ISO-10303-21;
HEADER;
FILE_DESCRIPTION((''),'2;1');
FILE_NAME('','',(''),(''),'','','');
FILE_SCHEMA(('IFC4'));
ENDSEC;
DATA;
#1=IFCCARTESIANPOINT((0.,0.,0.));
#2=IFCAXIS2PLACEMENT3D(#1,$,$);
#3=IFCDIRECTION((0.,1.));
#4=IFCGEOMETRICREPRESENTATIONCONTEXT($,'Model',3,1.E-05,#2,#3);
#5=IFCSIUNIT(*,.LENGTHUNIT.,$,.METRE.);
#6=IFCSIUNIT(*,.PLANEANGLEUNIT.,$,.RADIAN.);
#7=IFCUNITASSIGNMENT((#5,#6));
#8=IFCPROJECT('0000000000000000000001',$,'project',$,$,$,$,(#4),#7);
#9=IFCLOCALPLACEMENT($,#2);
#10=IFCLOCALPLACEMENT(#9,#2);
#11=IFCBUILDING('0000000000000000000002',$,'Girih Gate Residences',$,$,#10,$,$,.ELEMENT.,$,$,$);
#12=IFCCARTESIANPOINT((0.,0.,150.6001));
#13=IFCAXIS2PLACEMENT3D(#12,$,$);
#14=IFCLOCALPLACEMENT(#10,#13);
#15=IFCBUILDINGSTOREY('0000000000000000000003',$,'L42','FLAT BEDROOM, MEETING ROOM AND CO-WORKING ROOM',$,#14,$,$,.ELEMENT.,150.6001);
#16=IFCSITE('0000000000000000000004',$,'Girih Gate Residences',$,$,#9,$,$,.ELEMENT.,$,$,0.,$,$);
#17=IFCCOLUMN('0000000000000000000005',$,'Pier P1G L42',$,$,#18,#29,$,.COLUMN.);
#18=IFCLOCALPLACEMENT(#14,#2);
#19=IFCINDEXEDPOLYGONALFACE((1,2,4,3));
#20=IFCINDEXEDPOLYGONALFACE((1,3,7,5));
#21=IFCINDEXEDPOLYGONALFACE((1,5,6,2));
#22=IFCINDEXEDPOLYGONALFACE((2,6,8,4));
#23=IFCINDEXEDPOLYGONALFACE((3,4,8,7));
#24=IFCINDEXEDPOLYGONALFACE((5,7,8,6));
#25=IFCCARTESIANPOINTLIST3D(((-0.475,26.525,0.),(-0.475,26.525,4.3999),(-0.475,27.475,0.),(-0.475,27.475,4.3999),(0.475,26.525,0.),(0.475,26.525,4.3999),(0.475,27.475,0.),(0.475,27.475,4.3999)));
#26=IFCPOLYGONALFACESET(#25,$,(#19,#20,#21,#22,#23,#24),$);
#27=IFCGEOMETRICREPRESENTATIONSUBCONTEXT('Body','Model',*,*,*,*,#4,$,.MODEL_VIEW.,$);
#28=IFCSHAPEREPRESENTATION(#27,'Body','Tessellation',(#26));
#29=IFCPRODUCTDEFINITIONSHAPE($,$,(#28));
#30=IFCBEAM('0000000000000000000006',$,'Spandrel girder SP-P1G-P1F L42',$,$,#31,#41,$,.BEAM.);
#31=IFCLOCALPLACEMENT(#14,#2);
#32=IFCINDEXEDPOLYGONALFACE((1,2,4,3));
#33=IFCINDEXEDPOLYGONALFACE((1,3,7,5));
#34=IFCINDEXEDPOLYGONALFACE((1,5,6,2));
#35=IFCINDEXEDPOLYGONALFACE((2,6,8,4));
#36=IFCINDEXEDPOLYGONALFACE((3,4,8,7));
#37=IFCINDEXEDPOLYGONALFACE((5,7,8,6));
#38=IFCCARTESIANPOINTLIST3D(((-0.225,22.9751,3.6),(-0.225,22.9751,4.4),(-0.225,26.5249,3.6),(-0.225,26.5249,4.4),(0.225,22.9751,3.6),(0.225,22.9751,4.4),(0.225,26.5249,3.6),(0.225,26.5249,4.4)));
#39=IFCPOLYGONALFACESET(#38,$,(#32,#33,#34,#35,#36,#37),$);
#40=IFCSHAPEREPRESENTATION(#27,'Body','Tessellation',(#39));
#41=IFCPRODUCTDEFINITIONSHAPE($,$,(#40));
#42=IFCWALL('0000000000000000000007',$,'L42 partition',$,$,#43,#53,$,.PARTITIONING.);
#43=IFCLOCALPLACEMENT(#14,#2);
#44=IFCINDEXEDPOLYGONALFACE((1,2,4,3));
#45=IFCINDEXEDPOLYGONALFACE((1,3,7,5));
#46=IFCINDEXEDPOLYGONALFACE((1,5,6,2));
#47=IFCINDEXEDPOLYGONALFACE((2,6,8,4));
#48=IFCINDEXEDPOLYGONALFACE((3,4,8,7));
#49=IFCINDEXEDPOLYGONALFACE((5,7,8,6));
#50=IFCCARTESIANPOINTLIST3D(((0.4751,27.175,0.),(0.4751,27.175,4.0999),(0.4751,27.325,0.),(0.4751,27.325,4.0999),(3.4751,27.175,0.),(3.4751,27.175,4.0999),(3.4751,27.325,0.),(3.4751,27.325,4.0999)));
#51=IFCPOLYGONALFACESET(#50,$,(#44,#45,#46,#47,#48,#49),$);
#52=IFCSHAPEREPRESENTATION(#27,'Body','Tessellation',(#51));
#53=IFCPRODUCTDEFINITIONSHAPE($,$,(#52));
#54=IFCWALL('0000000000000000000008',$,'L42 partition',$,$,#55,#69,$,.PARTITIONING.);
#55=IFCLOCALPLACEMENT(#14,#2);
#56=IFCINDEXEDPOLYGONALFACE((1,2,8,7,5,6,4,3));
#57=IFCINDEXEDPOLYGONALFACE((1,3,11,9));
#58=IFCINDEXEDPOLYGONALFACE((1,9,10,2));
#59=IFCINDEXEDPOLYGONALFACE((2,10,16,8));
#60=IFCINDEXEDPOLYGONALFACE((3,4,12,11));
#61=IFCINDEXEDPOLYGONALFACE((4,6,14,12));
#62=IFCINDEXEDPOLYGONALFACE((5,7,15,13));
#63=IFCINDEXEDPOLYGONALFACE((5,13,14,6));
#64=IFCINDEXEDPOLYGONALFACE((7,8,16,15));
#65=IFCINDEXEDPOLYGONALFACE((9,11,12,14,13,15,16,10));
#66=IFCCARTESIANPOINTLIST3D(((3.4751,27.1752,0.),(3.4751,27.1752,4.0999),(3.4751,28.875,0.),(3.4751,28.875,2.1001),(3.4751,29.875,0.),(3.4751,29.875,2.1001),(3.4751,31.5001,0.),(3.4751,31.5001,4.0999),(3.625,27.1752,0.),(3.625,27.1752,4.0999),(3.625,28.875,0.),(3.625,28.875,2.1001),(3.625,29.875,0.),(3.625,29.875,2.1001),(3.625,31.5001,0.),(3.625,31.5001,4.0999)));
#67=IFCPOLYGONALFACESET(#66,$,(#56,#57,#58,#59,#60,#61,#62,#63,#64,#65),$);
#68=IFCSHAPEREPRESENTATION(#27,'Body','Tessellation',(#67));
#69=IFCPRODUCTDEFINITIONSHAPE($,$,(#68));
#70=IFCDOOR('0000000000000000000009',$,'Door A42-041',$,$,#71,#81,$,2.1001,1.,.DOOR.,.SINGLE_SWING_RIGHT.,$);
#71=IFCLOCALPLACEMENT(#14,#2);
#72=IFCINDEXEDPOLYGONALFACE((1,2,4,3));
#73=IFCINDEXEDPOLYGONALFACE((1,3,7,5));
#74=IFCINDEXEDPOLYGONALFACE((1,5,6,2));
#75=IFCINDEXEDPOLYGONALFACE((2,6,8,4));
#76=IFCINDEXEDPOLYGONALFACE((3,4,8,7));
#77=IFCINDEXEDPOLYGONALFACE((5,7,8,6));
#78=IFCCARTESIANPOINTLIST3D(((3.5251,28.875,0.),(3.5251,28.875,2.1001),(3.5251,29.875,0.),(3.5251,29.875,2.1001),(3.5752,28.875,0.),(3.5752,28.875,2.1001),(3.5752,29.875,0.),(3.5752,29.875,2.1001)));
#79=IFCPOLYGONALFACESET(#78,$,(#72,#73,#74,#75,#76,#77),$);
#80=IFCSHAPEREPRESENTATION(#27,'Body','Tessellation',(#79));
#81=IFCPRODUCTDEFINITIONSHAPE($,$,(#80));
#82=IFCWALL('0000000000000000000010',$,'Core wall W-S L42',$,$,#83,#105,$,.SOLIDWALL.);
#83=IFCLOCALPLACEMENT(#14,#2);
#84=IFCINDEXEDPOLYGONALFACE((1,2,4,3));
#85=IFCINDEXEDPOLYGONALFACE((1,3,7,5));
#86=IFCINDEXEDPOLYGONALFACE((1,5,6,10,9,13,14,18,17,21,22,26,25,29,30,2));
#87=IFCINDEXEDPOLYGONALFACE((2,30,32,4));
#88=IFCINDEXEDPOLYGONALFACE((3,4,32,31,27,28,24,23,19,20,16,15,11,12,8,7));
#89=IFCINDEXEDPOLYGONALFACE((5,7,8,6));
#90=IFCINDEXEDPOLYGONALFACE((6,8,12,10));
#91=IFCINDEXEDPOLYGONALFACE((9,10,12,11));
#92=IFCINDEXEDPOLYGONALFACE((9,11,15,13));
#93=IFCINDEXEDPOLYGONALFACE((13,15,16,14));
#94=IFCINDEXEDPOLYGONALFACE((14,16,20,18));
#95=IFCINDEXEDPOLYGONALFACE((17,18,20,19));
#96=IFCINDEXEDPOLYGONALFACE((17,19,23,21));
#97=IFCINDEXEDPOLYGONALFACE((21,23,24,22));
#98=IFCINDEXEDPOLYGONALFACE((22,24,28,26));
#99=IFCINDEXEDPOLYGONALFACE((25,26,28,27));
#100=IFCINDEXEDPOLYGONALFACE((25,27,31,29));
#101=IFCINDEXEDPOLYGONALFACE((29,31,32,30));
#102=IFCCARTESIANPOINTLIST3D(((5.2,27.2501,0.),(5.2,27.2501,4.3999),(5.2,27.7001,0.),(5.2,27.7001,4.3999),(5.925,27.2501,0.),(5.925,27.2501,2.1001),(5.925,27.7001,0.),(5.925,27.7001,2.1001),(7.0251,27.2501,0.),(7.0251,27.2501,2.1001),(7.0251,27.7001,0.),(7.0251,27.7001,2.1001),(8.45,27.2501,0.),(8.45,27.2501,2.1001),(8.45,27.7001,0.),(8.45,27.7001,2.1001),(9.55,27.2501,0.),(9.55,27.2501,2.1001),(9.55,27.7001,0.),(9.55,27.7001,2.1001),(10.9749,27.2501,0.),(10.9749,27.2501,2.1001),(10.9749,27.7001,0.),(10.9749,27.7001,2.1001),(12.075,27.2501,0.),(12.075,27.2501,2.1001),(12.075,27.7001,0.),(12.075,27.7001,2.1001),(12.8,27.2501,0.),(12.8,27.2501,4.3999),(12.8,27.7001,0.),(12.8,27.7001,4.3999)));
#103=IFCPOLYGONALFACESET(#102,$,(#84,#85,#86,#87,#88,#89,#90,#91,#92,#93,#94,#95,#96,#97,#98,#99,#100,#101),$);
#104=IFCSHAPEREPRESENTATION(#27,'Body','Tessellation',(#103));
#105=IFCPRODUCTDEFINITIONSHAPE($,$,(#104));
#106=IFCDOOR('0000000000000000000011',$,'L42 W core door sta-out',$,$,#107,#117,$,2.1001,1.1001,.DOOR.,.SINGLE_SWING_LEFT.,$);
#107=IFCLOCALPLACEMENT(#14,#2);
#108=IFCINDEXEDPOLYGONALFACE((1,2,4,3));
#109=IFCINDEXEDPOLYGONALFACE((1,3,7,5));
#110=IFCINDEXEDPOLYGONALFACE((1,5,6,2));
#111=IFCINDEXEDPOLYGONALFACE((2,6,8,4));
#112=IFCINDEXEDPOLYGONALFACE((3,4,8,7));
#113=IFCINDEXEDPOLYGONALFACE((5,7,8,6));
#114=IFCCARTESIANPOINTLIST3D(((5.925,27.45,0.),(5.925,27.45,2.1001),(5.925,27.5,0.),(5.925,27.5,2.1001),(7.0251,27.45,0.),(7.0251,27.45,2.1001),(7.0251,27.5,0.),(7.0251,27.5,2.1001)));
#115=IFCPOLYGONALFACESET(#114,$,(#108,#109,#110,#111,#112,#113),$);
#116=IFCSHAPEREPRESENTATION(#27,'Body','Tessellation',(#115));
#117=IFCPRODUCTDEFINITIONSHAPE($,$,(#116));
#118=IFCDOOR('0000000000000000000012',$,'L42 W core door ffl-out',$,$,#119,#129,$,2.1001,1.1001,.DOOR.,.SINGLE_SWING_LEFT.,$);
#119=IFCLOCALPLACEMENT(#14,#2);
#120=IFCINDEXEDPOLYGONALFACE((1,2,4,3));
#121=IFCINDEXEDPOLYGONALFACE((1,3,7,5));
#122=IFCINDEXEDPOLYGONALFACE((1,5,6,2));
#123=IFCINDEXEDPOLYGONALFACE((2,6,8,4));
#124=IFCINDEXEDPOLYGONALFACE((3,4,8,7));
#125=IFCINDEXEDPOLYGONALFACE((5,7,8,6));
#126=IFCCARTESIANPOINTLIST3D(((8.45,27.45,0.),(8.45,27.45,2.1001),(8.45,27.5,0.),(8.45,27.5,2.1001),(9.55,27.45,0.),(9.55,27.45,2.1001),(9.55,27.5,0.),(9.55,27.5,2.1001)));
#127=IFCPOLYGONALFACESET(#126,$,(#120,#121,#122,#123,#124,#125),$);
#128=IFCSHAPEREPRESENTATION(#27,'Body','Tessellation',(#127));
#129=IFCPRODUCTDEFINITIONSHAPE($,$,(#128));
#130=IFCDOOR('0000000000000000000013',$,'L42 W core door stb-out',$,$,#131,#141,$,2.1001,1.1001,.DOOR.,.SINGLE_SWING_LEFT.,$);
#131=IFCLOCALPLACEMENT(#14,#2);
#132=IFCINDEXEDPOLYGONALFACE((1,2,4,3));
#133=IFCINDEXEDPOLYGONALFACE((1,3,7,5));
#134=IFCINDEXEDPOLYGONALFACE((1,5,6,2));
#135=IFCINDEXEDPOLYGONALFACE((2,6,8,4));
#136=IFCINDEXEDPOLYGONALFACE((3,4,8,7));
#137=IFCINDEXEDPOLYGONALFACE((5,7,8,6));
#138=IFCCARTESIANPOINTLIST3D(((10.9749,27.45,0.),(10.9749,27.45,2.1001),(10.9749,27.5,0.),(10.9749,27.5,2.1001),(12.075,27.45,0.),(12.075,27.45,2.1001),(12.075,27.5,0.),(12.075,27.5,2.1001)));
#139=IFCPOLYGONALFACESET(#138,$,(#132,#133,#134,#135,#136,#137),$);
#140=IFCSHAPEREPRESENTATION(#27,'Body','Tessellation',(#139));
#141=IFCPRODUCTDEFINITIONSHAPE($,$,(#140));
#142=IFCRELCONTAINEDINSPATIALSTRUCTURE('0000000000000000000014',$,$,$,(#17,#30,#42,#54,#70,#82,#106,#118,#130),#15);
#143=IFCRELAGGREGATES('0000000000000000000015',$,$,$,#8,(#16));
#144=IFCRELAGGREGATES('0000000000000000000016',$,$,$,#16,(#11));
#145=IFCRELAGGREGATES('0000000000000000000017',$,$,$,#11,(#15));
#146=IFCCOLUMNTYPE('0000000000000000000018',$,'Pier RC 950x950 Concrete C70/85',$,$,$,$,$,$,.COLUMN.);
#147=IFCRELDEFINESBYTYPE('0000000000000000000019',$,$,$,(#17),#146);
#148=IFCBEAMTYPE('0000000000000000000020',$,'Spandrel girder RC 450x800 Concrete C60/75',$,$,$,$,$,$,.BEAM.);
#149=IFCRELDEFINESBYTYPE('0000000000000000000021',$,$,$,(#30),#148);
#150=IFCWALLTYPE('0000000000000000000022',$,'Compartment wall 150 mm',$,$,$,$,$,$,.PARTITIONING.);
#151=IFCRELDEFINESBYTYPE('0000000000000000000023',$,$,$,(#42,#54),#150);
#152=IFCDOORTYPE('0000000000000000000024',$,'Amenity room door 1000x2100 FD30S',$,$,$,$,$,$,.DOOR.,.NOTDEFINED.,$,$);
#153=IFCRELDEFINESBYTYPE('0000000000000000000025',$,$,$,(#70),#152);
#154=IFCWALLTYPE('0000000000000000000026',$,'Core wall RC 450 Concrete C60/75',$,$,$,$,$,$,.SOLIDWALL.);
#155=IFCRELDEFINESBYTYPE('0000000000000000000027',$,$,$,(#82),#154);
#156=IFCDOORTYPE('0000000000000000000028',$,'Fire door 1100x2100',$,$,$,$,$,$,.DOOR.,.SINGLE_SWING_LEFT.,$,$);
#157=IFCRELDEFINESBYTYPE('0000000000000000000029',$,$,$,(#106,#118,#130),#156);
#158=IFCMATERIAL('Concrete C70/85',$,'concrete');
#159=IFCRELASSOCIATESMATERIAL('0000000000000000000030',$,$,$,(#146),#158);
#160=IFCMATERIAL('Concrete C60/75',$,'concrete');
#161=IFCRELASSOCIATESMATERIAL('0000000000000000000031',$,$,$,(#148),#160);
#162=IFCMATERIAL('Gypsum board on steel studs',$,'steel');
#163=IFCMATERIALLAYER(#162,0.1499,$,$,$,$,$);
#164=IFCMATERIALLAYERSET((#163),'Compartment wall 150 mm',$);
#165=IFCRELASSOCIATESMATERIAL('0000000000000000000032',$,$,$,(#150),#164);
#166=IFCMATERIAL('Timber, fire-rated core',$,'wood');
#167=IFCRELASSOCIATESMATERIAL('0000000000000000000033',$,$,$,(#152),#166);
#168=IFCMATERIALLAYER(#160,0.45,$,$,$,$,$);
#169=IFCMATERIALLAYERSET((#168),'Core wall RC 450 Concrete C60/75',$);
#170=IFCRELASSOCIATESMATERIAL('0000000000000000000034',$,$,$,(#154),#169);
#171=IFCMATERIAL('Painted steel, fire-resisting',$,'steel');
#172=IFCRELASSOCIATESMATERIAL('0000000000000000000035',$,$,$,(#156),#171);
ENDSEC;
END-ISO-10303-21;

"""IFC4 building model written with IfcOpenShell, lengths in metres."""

from ifc_helpers import new_model, si_unit, direction, frame, frame_2d, origin, origin_2d, place, context, subcontext, project, spatial, rectangle, extrude, material, layer, layer_set, material_profile, profile_set, type_object, element, fill, save


model = new_model("IFC4")

# Units and contexts
model_context = context("Model", 3, precision=1e-05, world=origin(), true_north=direction((0.0, 1.0)))
body_context = subcontext(model_context, "Body", "Model", "MODEL_VIEW")
ifc_project = project(units=[si_unit("LENGTHUNIT", "METRE"), si_unit("PLANEANGLEUNIT", "RADIAN")], contexts=[model_context])

# Site, building, storey
site_placement = place(None, origin())
site = spatial("IfcSite", under=ifc_project, at=site_placement, Name="Girih Gate Residences", CompositionType="ELEMENT", RefElevation=0.0)
building_placement = place(site_placement, origin())
building = spatial("IfcBuilding", under=site, at=building_placement, Name="Girih Gate Residences", CompositionType="ELEMENT")
storey_placement = place(building_placement, frame((0.0, 0.0, 150.6001)))
storey = spatial("IfcBuildingStorey", under=building, at=storey_placement, Name="L42", Description="FLAT BEDROOM, MEETING ROOM AND CO-WORKING ROOM", CompositionType="ELEMENT", Elevation=150.6001)

# Column
ifc_material_1 = material(Name="Concrete C70/85", Category="concrete")
ifc_material_profile_1 = material_profile(ifc_material_1, rectangle(XDim=0.95, YDim=0.95, at=origin_2d()))
ifc_profile_set_1 = profile_set([ifc_material_profile_1], Name="Concrete C70/85")
column_type = type_object("IfcColumnType", Name="Pier RC 950x950 Concrete C70/85", PredefinedType="COLUMN", material=ifc_profile_set_1)
column_placement = place(storey_placement, frame((0.0, 27.0, 0.0), z_axis=(0.0, 0.0, 1.0), x_axis=(1.0, 0.0, 0.0)))
element("IfcColumn", 1, at=column_placement, inside=storey, type_object=column_type, Name="Pier P1G L42", PredefinedType="COLUMN", context=body_context, shape_type="SweptSolid", body=[
    extrude(rectangle(XDim=0.95, YDim=0.95, at=origin_2d()), origin(), (0.0, 0.0, 1.0), 4.3999),
])

# Beam
ifc_material_2 = material(Name="Concrete C60/75", Category="concrete")
ifc_material_profile_2 = material_profile(ifc_material_2, rectangle(XDim=0.45, YDim=0.8, at=origin_2d()))
ifc_profile_set_2 = profile_set([ifc_material_profile_2], Name="Concrete C60/75")
beam_type = type_object("IfcBeamType", Name="Spandrel girder RC 450x800 Concrete C60/75", PredefinedType="BEAM", material=ifc_profile_set_2)
beam_placement = place(storey_placement, frame((0.0, 26.5249, 4.0), z_axis=(0.0, -1.0, 0.0), x_axis=(1.0, 0.0, 0.0)))
element("IfcBeam", 2, at=beam_placement, inside=storey, type_object=beam_type, Name="Spandrel girder SP-P1G-P1F L42", PredefinedType="BEAM", context=body_context, shape_type="SweptSolid", body=[
    extrude(rectangle(XDim=0.45, YDim=0.8, at=origin_2d()), origin(), (0.0, 0.0, 1.0), 3.5498),
])

# Wall
ifc_material_3 = material(Name="Gypsum board on steel studs", Category="steel")
ifc_layer_1 = layer(ifc_material_3, 0.1499)
ifc_layer_set_1 = layer_set([ifc_layer_1], Name="Compartment wall 150 mm")
wall_type_1 = type_object("IfcWallType", Name="Compartment wall 150 mm", PredefinedType="PARTITIONING", material=ifc_layer_set_1)
wall_1_placement = place(storey_placement, frame((0.4751, 27.25, 0.0), z_axis=(0.0, 0.0, 1.0), x_axis=(1.0, 0.0, 0.0)))
element("IfcWall", 3, at=wall_1_placement, inside=storey, type_object=wall_type_1, Name="L42 partition", PredefinedType="PARTITIONING", context=body_context, shape_type="SweptSolid", body=[
    extrude(rectangle(XDim=3.0, YDim=0.1499, at=frame_2d((1.5, 0.0))), origin(), (0.0, 0.0, 1.0), 4.0999),
])

# Wall, opening, door
wall_2_placement = place(storey_placement, frame((3.55, 27.175, 0.0), z_axis=(0.0, 0.0, 1.0), x_axis=(0.0, 1.0, 0.0)))
wall_2 = element("IfcWall", 4, at=wall_2_placement, inside=storey, type_object=wall_type_1, Name="L42 partition", PredefinedType="PARTITIONING", context=body_context, shape_type="SweptSolid", body=[
    extrude(rectangle(XDim=4.325, YDim=0.1499, at=frame_2d((2.1626, 0.0))), origin(), (0.0, 0.0, 1.0), 4.0999),
])
opening_1_placement = place(wall_2_placement, frame((1.7, 0.0, 0.0)))
opening_1 = element("IfcOpeningElement", 5, at=opening_1_placement, cuts=wall_2, PredefinedType="OPENING", context=body_context, shape_type="SweptSolid", body=[
    extrude(rectangle(XDim=1.0, YDim=2.1001, at=frame_2d((0.5, 1.05))), frame((0.0, 0.085, 0.0), z_axis=(0.0, -1.0, 0.0), x_axis=(1.0, 0.0, 0.0)), (0.0, 0.0, 1.0), 0.1699),
])
ifc_material_4 = material(Name="Timber, fire-rated core", Category="wood")
door_type_1 = type_object("IfcDoorType", Name="Amenity room door 1000x2100 FD30S", OperationType="NOTDEFINED", PredefinedType="DOOR", material=ifc_material_4)
door_1_placement = place(opening_1_placement, origin())
door_1 = element("IfcDoor", 6, at=door_1_placement, inside=storey, type_object=door_type_1, Name="Door A42-041", OperationType="SINGLE_SWING_RIGHT", OverallHeight=2.1001, OverallWidth=1.0, PredefinedType="DOOR", context=body_context, shape_type="SweptSolid", body=[
    extrude(rectangle(XDim=1.0, YDim=2.1001, at=frame_2d((0.5, 1.05))), frame((0.0, 0.0249, 0.0), z_axis=(0.0, -1.0, 0.0), x_axis=(1.0, 0.0, 0.0)), (0.0, 0.0, 1.0), 0.05),
])
fill(opening_1, door_1)

# Wall, openings, doors
ifc_layer_2 = layer(ifc_material_2, 0.45)
ifc_layer_set_2 = layer_set([ifc_layer_2], Name="Core wall RC 450 Concrete C60/75")
wall_type_2 = type_object("IfcWallType", Name="Core wall RC 450 Concrete C60/75", PredefinedType="SOLIDWALL", material=ifc_layer_set_2)
wall_3_placement = place(storey_placement, frame((5.2, 27.4751, 0.0), z_axis=(0.0, 0.0, 1.0), x_axis=(1.0, 0.0, 0.0)))
wall_3 = element("IfcWall", 7, at=wall_3_placement, inside=storey, type_object=wall_type_2, Name="Core wall W-S L42", PredefinedType="SOLIDWALL", context=body_context, shape_type="SweptSolid", body=[
    extrude(rectangle(XDim=7.6001, YDim=0.45, at=frame_2d((3.8, 0.0))), origin(), (0.0, 0.0, 1.0), 4.3999),
])
opening_2_placement = place(wall_3_placement, frame((0.7251, 0.0, 0.0)))
opening_2 = element("IfcOpeningElement", 8, at=opening_2_placement, cuts=wall_3, PredefinedType="OPENING", context=body_context, shape_type="SweptSolid", body=[
    extrude(rectangle(XDim=1.1001, YDim=2.1001, at=frame_2d((0.55, 1.05))), frame((0.0, 0.2349, 0.0), z_axis=(0.0, -1.0, 0.0), x_axis=(1.0, 0.0, 0.0)), (0.0, 0.0, 1.0), 0.47),
])
opening_3_placement = place(wall_3_placement, frame((3.25, 0.0, 0.0)))
opening_3 = element("IfcOpeningElement", 9, at=opening_3_placement, cuts=wall_3, PredefinedType="OPENING", context=body_context, shape_type="SweptSolid", body=[
    extrude(rectangle(XDim=1.1001, YDim=2.1001, at=frame_2d((0.55, 1.05))), frame((0.0, 0.2349, 0.0), z_axis=(0.0, -1.0, 0.0), x_axis=(1.0, 0.0, 0.0)), (0.0, 0.0, 1.0), 0.47),
])
opening_4_placement = place(wall_3_placement, frame((5.7749, 0.0, 0.0)))
opening_4 = element("IfcOpeningElement", 10, at=opening_4_placement, cuts=wall_3, PredefinedType="OPENING", context=body_context, shape_type="SweptSolid", body=[
    extrude(rectangle(XDim=1.1001, YDim=2.1001, at=frame_2d((0.55, 1.05))), frame((0.0, 0.2349, 0.0), z_axis=(0.0, -1.0, 0.0), x_axis=(1.0, 0.0, 0.0)), (0.0, 0.0, 1.0), 0.47),
])
ifc_material_5 = material(Name="Painted steel, fire-resisting", Category="steel")
door_type_2 = type_object("IfcDoorType", Name="Fire door 1100x2100", OperationType="SINGLE_SWING_LEFT", PredefinedType="DOOR", material=ifc_material_5)
door_2_placement = place(opening_2_placement, origin())
door_2 = element("IfcDoor", 11, at=door_2_placement, inside=storey, type_object=door_type_2, Name="L42 W core door sta-out", OperationType="SINGLE_SWING_LEFT", OverallHeight=2.1001, OverallWidth=1.1001, PredefinedType="DOOR", context=body_context, shape_type="SweptSolid", body=[
    extrude(rectangle(XDim=1.1001, YDim=2.1001, at=frame_2d((0.55, 1.05))), frame((0.0, 0.0249, 0.0), z_axis=(0.0, -1.0, 0.0), x_axis=(1.0, 0.0, 0.0)), (0.0, 0.0, 1.0), 0.05),
])
fill(opening_2, door_2)
door_3_placement = place(opening_3_placement, origin())
door_3 = element("IfcDoor", 12, at=door_3_placement, inside=storey, type_object=door_type_2, Name="L42 W core door ffl-out", OperationType="SINGLE_SWING_LEFT", OverallHeight=2.1001, OverallWidth=1.1001, PredefinedType="DOOR", context=body_context, shape_type="SweptSolid", body=[
    extrude(rectangle(XDim=1.1001, YDim=2.1001, at=frame_2d((0.55, 1.05))), frame((0.0, 0.0249, 0.0), z_axis=(0.0, -1.0, 0.0), x_axis=(1.0, 0.0, 0.0)), (0.0, 0.0, 1.0), 0.05),
])
fill(opening_3, door_3)
door_4_placement = place(opening_4_placement, origin())
door_4 = element("IfcDoor", 13, at=door_4_placement, inside=storey, type_object=door_type_2, Name="L42 W core door stb-out", OperationType="SINGLE_SWING_LEFT", OverallHeight=2.1001, OverallWidth=1.1001, PredefinedType="DOOR", context=body_context, shape_type="SweptSolid", body=[
    extrude(rectangle(XDim=1.1001, YDim=2.1001, at=frame_2d((0.55, 1.05))), frame((0.0, 0.0249, 0.0), z_axis=(0.0, -1.0, 0.0), x_axis=(1.0, 0.0, 0.0)), (0.0, 0.0, 1.0), 0.05),
])
fill(opening_4, door_4)

save(model, "model.ifc")
